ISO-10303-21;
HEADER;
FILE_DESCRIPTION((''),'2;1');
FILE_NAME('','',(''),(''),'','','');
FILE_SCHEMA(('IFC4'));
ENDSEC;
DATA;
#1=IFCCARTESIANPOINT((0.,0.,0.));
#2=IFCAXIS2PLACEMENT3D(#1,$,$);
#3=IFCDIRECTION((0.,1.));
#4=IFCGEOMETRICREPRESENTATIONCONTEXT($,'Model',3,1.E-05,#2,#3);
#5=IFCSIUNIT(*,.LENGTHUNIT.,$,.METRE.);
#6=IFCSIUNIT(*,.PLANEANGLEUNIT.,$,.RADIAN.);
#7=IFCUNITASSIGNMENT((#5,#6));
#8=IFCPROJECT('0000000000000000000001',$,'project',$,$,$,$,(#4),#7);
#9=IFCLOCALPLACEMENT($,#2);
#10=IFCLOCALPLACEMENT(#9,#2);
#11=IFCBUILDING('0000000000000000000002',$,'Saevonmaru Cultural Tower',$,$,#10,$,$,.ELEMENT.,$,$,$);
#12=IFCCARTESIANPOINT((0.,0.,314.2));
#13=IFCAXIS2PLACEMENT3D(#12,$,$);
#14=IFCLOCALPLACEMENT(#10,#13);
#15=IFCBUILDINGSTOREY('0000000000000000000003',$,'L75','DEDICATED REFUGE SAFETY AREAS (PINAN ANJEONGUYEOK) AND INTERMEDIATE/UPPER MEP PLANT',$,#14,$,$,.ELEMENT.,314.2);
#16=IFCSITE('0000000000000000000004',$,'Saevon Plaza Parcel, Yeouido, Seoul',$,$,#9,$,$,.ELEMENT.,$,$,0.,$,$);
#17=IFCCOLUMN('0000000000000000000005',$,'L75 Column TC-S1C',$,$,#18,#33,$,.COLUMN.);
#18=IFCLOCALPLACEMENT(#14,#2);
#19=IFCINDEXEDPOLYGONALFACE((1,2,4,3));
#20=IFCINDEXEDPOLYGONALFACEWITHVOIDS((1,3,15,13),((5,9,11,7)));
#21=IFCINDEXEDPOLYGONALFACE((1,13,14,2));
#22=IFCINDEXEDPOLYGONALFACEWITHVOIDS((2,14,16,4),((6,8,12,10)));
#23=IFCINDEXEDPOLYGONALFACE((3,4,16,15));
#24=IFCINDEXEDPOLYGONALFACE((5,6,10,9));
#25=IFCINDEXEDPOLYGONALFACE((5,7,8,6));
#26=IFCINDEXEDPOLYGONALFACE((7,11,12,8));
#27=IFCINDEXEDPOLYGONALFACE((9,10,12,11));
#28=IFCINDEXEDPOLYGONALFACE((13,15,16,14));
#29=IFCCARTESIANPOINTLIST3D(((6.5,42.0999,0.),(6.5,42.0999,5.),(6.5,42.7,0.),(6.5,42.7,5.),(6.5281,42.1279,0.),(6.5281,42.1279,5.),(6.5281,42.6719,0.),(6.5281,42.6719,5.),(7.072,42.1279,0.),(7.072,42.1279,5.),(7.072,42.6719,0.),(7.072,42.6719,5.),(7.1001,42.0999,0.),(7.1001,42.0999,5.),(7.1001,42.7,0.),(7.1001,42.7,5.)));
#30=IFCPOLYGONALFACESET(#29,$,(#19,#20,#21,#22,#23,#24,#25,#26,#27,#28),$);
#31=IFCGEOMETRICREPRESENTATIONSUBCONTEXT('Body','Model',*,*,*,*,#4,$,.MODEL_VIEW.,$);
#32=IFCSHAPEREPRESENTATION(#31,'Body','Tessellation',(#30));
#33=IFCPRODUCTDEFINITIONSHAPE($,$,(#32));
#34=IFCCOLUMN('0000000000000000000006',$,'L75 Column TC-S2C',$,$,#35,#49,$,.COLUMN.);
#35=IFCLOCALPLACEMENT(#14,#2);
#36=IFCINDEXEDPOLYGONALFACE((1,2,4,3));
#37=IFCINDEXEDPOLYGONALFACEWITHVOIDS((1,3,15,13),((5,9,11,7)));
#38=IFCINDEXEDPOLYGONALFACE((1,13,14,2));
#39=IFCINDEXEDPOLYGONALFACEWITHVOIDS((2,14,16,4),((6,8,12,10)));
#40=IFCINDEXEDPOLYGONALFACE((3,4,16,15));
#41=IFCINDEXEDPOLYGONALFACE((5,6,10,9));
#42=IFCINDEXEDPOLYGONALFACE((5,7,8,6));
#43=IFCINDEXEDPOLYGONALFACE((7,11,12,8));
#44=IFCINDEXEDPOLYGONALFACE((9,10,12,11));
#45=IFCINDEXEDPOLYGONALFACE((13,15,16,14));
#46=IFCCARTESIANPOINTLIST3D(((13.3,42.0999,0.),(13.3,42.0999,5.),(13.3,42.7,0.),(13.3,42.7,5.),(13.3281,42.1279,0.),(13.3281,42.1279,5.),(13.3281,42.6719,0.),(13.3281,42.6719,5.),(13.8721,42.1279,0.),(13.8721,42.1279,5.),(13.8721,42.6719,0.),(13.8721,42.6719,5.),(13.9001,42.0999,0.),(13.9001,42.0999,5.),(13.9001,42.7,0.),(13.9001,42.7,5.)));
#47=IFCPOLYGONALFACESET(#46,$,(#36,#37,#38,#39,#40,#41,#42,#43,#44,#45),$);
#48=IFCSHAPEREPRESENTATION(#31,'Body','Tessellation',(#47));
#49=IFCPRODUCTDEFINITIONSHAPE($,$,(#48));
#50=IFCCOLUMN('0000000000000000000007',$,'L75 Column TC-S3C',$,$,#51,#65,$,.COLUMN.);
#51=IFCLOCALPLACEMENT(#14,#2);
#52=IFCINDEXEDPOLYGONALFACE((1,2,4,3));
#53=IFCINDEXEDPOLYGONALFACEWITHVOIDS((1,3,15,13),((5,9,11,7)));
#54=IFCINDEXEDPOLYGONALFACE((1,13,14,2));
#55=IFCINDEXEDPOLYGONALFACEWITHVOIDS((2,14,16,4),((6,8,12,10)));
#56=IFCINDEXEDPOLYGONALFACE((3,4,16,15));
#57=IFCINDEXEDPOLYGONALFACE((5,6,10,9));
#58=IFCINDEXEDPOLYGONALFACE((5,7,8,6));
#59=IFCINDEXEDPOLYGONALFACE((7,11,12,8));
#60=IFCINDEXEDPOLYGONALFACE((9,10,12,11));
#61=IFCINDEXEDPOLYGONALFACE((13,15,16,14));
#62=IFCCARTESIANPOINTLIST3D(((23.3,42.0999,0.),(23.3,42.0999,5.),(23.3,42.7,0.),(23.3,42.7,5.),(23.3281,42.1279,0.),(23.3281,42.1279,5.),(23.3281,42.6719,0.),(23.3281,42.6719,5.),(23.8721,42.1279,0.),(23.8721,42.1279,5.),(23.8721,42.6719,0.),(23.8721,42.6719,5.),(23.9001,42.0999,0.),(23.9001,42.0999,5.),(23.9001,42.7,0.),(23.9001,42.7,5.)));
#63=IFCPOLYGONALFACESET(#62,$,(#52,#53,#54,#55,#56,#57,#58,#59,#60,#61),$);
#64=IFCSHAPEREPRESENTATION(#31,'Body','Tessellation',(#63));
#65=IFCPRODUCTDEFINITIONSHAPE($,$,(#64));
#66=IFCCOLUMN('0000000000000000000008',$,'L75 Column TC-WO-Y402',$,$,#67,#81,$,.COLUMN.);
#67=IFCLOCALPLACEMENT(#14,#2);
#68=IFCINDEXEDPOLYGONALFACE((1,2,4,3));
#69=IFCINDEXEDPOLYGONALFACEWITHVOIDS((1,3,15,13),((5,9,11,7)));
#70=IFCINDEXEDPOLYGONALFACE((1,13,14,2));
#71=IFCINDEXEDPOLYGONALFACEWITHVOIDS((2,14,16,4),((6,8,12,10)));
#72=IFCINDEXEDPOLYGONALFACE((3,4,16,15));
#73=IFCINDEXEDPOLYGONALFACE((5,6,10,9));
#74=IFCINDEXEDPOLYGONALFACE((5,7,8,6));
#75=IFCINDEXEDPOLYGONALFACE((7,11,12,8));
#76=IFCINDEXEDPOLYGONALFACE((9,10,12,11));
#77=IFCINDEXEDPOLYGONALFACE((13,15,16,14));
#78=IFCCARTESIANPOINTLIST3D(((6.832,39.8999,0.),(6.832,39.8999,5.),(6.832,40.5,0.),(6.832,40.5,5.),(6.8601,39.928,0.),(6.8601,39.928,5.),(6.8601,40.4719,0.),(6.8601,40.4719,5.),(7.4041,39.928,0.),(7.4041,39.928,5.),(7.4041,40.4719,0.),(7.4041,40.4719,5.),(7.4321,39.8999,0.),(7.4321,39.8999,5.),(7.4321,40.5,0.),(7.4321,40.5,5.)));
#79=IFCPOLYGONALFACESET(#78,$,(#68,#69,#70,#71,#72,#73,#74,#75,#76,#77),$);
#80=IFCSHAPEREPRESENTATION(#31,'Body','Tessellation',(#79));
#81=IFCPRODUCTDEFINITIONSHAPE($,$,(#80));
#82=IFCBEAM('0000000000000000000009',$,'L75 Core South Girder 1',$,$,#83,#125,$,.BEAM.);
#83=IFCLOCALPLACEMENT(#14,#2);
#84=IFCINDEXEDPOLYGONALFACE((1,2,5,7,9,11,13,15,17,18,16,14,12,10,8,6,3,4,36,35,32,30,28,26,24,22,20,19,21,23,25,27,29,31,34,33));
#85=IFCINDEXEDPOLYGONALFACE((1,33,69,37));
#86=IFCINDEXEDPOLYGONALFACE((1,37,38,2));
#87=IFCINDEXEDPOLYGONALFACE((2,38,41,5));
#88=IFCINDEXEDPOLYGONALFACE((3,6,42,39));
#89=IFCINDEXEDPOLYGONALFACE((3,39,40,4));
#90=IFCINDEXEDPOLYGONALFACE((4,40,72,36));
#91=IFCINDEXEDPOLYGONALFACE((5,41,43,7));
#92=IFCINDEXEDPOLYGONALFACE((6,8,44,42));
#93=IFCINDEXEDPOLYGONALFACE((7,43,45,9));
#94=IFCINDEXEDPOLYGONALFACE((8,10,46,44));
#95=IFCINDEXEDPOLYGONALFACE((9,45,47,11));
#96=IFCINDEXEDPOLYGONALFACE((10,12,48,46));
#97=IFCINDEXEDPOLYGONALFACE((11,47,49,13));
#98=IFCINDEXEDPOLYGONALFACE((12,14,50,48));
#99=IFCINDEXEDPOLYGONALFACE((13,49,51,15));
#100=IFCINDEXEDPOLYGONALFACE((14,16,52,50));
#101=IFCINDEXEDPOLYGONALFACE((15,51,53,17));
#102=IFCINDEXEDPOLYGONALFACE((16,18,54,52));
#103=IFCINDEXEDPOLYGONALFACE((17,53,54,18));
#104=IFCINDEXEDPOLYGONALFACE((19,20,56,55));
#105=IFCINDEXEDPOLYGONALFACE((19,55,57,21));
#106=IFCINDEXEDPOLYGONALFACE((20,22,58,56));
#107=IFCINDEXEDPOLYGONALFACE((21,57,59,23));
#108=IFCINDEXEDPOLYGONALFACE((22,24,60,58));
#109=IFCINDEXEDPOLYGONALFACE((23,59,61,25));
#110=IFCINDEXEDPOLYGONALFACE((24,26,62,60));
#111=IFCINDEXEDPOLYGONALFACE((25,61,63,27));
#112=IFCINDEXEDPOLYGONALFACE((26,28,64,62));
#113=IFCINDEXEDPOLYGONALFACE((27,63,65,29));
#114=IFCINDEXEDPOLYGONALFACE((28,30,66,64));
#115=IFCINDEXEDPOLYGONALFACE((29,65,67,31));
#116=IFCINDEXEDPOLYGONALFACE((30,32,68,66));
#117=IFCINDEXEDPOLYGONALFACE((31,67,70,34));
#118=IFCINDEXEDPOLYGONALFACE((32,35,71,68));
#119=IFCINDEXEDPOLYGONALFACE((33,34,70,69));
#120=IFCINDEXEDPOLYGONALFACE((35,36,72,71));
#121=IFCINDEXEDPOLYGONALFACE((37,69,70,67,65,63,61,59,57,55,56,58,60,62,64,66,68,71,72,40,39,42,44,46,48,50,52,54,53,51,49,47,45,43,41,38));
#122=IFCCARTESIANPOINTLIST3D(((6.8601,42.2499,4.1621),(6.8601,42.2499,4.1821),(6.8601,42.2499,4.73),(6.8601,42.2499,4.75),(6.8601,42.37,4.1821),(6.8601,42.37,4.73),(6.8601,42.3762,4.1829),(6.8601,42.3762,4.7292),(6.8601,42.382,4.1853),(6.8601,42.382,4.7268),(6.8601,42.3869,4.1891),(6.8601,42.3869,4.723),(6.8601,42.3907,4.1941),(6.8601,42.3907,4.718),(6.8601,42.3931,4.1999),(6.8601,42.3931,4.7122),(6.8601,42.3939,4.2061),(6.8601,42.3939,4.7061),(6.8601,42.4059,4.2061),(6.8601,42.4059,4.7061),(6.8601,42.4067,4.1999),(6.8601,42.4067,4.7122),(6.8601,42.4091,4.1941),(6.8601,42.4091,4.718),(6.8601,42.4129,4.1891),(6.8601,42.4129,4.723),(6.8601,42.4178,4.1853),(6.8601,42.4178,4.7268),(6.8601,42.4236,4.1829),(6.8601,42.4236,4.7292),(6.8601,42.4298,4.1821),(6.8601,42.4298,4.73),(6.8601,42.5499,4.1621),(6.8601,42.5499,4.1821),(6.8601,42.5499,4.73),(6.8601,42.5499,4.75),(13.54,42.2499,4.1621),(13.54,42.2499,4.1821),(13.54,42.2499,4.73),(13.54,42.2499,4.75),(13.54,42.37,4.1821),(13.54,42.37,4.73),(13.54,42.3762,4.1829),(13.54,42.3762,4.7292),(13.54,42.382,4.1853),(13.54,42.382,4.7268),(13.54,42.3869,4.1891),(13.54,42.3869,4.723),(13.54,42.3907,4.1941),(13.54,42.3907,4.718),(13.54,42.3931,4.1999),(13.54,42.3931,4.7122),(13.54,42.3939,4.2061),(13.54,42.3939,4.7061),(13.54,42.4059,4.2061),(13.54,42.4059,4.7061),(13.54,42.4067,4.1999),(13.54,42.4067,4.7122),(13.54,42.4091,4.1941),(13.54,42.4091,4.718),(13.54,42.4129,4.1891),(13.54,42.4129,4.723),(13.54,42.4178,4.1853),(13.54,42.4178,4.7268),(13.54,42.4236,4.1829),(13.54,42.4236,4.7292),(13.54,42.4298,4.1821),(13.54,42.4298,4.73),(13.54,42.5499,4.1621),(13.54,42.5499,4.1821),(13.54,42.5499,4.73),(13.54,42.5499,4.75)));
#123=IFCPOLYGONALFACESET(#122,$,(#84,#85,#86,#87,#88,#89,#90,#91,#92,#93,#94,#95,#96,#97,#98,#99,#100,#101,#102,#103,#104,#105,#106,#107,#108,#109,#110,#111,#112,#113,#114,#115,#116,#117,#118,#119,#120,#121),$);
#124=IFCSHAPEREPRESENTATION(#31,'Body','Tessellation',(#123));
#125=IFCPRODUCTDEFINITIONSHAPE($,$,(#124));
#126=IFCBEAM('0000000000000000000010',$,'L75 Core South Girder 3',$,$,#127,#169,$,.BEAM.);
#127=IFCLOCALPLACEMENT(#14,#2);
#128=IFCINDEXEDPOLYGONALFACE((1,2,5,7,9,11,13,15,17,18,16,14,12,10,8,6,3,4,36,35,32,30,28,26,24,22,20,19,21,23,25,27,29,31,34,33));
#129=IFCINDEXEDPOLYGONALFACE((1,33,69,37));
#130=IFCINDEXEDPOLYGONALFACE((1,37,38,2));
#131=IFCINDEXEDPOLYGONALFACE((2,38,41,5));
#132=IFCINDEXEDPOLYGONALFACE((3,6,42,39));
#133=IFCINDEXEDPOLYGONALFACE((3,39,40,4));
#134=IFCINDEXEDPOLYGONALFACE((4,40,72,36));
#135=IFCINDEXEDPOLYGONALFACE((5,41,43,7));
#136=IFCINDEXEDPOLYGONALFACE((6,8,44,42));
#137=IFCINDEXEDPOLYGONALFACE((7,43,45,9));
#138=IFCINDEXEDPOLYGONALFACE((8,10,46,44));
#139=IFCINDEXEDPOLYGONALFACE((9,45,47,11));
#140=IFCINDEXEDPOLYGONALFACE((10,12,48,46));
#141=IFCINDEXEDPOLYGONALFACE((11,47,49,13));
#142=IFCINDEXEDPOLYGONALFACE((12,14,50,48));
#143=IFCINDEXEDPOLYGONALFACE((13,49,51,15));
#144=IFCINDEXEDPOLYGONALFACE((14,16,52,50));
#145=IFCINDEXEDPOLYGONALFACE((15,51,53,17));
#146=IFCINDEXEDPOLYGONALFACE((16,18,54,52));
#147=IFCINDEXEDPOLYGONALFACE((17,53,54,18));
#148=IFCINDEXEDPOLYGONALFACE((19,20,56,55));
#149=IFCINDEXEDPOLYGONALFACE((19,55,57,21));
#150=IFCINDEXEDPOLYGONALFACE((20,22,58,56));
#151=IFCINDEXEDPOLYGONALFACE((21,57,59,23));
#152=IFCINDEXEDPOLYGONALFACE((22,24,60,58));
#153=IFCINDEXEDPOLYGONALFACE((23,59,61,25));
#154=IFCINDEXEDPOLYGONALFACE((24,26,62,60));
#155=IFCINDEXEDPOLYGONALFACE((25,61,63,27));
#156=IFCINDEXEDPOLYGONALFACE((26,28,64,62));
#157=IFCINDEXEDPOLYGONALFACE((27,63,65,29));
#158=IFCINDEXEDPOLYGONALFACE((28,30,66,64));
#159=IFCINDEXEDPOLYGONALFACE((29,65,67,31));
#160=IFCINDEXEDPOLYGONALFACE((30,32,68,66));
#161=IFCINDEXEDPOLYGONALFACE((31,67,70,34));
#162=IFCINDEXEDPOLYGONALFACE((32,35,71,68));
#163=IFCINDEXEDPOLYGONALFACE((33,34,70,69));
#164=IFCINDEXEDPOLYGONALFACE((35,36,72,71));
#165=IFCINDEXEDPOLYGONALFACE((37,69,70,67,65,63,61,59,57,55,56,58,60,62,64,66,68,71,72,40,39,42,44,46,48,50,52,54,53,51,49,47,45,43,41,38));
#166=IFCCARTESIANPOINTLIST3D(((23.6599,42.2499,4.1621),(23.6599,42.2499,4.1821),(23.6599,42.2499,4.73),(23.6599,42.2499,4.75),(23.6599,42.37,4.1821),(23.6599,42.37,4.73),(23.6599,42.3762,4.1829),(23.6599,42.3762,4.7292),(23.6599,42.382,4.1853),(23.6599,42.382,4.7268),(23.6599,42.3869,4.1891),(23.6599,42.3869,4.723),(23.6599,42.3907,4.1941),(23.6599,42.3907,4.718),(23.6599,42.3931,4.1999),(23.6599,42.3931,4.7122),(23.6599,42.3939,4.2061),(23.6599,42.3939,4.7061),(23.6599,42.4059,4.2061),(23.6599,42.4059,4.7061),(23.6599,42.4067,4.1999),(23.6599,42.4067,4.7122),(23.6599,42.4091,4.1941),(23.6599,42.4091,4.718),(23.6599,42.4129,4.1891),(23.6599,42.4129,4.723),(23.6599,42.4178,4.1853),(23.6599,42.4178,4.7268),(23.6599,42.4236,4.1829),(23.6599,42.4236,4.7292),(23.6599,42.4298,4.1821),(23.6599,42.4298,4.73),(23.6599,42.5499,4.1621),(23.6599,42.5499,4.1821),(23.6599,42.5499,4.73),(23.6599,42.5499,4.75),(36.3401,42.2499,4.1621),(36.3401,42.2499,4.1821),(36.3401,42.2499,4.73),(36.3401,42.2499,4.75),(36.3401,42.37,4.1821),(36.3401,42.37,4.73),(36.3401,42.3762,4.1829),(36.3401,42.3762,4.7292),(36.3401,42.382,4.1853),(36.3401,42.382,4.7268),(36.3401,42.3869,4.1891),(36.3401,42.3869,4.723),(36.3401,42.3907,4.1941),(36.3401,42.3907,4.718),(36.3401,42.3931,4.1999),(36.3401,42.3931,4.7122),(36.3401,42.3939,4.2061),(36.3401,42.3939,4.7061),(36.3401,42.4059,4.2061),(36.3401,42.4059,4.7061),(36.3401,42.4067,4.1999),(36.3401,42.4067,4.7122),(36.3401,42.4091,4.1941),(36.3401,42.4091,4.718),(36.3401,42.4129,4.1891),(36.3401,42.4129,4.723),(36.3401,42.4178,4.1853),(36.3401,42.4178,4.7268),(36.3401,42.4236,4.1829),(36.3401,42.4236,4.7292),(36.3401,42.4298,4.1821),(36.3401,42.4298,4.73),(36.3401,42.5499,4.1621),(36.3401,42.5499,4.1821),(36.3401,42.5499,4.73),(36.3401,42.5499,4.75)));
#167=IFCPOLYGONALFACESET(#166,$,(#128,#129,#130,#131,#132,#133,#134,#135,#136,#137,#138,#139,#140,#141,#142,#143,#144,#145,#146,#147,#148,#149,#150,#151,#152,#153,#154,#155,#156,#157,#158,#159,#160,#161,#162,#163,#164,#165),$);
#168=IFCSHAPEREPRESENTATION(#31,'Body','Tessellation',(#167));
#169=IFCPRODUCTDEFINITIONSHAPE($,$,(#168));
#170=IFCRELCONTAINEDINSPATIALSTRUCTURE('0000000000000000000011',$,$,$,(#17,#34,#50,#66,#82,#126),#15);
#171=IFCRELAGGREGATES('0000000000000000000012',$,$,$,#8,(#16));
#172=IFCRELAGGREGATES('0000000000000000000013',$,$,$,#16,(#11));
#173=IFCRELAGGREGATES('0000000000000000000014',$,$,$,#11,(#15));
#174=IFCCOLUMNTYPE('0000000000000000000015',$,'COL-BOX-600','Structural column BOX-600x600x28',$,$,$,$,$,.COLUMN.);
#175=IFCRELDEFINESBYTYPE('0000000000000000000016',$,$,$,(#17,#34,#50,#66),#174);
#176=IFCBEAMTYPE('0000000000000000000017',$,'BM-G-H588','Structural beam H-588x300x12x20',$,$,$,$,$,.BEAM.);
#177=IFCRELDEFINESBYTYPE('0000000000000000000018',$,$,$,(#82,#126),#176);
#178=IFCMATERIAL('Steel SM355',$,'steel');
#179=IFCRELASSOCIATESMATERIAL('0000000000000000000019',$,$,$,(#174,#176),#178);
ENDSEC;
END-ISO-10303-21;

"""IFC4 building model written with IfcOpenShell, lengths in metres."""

from ifc_helpers import new_model, si_unit, direction, frame, origin, origin_2d, place, context, subcontext, project, spatial, hollow_rectangle, i_section, extrude, material, material_profile, profile_set, type_object, element, save


model = new_model("IFC4")

# Units and contexts
model_context = context("Model", 3, precision=1e-05, world=origin(), true_north=direction((0.0, 1.0)))
body_context = subcontext(model_context, "Body", "Model", "MODEL_VIEW")
ifc_project = project(units=[si_unit("LENGTHUNIT", "METRE"), si_unit("PLANEANGLEUNIT", "RADIAN")], contexts=[model_context])

# Site, building, storey
site_placement = place(None, origin())
site = spatial("IfcSite", under=ifc_project, at=site_placement, Name="Saevon Plaza Parcel, Yeouido, Seoul", CompositionType="ELEMENT", RefElevation=0.0)
building_placement = place(site_placement, origin())
building = spatial("IfcBuilding", under=site, at=building_placement, Name="Saevonmaru Cultural Tower", CompositionType="ELEMENT")
storey_placement = place(building_placement, frame((0.0, 0.0, 314.2)))
storey = spatial("IfcBuildingStorey", under=building, at=storey_placement, Name="L75", Description="DEDICATED REFUGE SAFETY AREAS (PINAN ANJEONGUYEOK) AND INTERMEDIATE/UPPER MEP PLANT", CompositionType="ELEMENT", Elevation=314.2)

# Columns
ifc_material_1 = material(Name="Steel SM355", Category="steel")
ifc_material_profile_1 = material_profile(ifc_material_1, hollow_rectangle(XDim=0.6001, YDim=0.6001, WallThickness=0.0281, at=origin_2d()), Name="BOX-600x600x28")
ifc_profile_set_1 = profile_set([ifc_material_profile_1], Name="Steel SM355")
column_type = type_object("IfcColumnType", Name="COL-BOX-600", Description="Structural column BOX-600x600x28", PredefinedType="COLUMN", material=ifc_profile_set_1)
for number, where, z_axis, x_axis, name in (
    (1, (6.8, 42.3999, 0.0), (0.0, 0.0, 1.0), (1.0, 0.0, 0.0), "L75 Column TC-S1C"),
    (2, (13.6001, 42.3999, 0.0), (0.0, 0.0, 1.0), (1.0, 0.0, 0.0), "L75 Column TC-S2C"),
    (3, (23.6001, 42.3999, 0.0), (0.0, 0.0, 1.0), (1.0, 0.0, 0.0), "L75 Column TC-S3C"),
    (4, (7.1321, 40.2, 0.0), (0.0, 0.0, 1.0), (1.0, 0.0, 0.0), "L75 Column TC-WO-Y402"),
):
    element("IfcColumn", number, at=place(storey_placement, frame(where, z_axis=z_axis, x_axis=x_axis)), inside=storey, type_object=column_type, Name=name, PredefinedType="COLUMN", context=body_context, shape_type="SweptSolid", body=[
        extrude(hollow_rectangle(XDim=0.6001, YDim=0.6001, WallThickness=0.0281, at=origin_2d()), origin(), (0.0, 0.0, 1.0), 5.0),
    ])

# Beams
ifc_material_profile_2 = material_profile(ifc_material_1, i_section(OverallWidth=0.3, OverallDepth=0.5879, WebThickness=0.012, FlangeThickness=0.02, FilletRadius=0.0239, at=origin_2d()), Name="H-588x300x12x20")
ifc_profile_set_2 = profile_set([ifc_material_profile_2], Name="Steel SM355")
beam_type_1 = type_object("IfcBeamType", Name="BM-G-H588", Description="Structural beam H-588x300x12x20", PredefinedType="BEAM", material=ifc_profile_set_2)
beam_1_placement = place(storey_placement, frame((6.8601, 42.3999, 4.4561), z_axis=(1.0, 0.0, 0.0), x_axis=(0.0, 1.0, 0.0)))
element("IfcBeam", 5, at=beam_1_placement, inside=storey, type_object=beam_type_1, Name="L75 Core South Girder 1", PredefinedType="BEAM", context=body_context, shape_type="SweptSolid", body=[
    extrude(i_section(OverallWidth=0.3, OverallDepth=0.5879, WebThickness=0.012, FlangeThickness=0.02, FilletRadius=0.0239, at=origin_2d()), origin(), (0.0, 0.0, 1.0), 6.6799),
])
beam_2_placement = place(storey_placement, frame((23.6599, 42.3999, 4.4561), z_axis=(1.0, 0.0, 0.0), x_axis=(0.0, 1.0, 0.0)))
element("IfcBeam", 6, at=beam_2_placement, inside=storey, type_object=beam_type_1, Name="L75 Core South Girder 3", PredefinedType="BEAM", context=body_context, shape_type="SweptSolid", body=[
    extrude(i_section(OverallWidth=0.3, OverallDepth=0.5879, WebThickness=0.012, FlangeThickness=0.02, FilletRadius=0.0239, at=origin_2d()), origin(), (0.0, 0.0, 1.0), 12.6802),
])

save(model, "model.ifc")
